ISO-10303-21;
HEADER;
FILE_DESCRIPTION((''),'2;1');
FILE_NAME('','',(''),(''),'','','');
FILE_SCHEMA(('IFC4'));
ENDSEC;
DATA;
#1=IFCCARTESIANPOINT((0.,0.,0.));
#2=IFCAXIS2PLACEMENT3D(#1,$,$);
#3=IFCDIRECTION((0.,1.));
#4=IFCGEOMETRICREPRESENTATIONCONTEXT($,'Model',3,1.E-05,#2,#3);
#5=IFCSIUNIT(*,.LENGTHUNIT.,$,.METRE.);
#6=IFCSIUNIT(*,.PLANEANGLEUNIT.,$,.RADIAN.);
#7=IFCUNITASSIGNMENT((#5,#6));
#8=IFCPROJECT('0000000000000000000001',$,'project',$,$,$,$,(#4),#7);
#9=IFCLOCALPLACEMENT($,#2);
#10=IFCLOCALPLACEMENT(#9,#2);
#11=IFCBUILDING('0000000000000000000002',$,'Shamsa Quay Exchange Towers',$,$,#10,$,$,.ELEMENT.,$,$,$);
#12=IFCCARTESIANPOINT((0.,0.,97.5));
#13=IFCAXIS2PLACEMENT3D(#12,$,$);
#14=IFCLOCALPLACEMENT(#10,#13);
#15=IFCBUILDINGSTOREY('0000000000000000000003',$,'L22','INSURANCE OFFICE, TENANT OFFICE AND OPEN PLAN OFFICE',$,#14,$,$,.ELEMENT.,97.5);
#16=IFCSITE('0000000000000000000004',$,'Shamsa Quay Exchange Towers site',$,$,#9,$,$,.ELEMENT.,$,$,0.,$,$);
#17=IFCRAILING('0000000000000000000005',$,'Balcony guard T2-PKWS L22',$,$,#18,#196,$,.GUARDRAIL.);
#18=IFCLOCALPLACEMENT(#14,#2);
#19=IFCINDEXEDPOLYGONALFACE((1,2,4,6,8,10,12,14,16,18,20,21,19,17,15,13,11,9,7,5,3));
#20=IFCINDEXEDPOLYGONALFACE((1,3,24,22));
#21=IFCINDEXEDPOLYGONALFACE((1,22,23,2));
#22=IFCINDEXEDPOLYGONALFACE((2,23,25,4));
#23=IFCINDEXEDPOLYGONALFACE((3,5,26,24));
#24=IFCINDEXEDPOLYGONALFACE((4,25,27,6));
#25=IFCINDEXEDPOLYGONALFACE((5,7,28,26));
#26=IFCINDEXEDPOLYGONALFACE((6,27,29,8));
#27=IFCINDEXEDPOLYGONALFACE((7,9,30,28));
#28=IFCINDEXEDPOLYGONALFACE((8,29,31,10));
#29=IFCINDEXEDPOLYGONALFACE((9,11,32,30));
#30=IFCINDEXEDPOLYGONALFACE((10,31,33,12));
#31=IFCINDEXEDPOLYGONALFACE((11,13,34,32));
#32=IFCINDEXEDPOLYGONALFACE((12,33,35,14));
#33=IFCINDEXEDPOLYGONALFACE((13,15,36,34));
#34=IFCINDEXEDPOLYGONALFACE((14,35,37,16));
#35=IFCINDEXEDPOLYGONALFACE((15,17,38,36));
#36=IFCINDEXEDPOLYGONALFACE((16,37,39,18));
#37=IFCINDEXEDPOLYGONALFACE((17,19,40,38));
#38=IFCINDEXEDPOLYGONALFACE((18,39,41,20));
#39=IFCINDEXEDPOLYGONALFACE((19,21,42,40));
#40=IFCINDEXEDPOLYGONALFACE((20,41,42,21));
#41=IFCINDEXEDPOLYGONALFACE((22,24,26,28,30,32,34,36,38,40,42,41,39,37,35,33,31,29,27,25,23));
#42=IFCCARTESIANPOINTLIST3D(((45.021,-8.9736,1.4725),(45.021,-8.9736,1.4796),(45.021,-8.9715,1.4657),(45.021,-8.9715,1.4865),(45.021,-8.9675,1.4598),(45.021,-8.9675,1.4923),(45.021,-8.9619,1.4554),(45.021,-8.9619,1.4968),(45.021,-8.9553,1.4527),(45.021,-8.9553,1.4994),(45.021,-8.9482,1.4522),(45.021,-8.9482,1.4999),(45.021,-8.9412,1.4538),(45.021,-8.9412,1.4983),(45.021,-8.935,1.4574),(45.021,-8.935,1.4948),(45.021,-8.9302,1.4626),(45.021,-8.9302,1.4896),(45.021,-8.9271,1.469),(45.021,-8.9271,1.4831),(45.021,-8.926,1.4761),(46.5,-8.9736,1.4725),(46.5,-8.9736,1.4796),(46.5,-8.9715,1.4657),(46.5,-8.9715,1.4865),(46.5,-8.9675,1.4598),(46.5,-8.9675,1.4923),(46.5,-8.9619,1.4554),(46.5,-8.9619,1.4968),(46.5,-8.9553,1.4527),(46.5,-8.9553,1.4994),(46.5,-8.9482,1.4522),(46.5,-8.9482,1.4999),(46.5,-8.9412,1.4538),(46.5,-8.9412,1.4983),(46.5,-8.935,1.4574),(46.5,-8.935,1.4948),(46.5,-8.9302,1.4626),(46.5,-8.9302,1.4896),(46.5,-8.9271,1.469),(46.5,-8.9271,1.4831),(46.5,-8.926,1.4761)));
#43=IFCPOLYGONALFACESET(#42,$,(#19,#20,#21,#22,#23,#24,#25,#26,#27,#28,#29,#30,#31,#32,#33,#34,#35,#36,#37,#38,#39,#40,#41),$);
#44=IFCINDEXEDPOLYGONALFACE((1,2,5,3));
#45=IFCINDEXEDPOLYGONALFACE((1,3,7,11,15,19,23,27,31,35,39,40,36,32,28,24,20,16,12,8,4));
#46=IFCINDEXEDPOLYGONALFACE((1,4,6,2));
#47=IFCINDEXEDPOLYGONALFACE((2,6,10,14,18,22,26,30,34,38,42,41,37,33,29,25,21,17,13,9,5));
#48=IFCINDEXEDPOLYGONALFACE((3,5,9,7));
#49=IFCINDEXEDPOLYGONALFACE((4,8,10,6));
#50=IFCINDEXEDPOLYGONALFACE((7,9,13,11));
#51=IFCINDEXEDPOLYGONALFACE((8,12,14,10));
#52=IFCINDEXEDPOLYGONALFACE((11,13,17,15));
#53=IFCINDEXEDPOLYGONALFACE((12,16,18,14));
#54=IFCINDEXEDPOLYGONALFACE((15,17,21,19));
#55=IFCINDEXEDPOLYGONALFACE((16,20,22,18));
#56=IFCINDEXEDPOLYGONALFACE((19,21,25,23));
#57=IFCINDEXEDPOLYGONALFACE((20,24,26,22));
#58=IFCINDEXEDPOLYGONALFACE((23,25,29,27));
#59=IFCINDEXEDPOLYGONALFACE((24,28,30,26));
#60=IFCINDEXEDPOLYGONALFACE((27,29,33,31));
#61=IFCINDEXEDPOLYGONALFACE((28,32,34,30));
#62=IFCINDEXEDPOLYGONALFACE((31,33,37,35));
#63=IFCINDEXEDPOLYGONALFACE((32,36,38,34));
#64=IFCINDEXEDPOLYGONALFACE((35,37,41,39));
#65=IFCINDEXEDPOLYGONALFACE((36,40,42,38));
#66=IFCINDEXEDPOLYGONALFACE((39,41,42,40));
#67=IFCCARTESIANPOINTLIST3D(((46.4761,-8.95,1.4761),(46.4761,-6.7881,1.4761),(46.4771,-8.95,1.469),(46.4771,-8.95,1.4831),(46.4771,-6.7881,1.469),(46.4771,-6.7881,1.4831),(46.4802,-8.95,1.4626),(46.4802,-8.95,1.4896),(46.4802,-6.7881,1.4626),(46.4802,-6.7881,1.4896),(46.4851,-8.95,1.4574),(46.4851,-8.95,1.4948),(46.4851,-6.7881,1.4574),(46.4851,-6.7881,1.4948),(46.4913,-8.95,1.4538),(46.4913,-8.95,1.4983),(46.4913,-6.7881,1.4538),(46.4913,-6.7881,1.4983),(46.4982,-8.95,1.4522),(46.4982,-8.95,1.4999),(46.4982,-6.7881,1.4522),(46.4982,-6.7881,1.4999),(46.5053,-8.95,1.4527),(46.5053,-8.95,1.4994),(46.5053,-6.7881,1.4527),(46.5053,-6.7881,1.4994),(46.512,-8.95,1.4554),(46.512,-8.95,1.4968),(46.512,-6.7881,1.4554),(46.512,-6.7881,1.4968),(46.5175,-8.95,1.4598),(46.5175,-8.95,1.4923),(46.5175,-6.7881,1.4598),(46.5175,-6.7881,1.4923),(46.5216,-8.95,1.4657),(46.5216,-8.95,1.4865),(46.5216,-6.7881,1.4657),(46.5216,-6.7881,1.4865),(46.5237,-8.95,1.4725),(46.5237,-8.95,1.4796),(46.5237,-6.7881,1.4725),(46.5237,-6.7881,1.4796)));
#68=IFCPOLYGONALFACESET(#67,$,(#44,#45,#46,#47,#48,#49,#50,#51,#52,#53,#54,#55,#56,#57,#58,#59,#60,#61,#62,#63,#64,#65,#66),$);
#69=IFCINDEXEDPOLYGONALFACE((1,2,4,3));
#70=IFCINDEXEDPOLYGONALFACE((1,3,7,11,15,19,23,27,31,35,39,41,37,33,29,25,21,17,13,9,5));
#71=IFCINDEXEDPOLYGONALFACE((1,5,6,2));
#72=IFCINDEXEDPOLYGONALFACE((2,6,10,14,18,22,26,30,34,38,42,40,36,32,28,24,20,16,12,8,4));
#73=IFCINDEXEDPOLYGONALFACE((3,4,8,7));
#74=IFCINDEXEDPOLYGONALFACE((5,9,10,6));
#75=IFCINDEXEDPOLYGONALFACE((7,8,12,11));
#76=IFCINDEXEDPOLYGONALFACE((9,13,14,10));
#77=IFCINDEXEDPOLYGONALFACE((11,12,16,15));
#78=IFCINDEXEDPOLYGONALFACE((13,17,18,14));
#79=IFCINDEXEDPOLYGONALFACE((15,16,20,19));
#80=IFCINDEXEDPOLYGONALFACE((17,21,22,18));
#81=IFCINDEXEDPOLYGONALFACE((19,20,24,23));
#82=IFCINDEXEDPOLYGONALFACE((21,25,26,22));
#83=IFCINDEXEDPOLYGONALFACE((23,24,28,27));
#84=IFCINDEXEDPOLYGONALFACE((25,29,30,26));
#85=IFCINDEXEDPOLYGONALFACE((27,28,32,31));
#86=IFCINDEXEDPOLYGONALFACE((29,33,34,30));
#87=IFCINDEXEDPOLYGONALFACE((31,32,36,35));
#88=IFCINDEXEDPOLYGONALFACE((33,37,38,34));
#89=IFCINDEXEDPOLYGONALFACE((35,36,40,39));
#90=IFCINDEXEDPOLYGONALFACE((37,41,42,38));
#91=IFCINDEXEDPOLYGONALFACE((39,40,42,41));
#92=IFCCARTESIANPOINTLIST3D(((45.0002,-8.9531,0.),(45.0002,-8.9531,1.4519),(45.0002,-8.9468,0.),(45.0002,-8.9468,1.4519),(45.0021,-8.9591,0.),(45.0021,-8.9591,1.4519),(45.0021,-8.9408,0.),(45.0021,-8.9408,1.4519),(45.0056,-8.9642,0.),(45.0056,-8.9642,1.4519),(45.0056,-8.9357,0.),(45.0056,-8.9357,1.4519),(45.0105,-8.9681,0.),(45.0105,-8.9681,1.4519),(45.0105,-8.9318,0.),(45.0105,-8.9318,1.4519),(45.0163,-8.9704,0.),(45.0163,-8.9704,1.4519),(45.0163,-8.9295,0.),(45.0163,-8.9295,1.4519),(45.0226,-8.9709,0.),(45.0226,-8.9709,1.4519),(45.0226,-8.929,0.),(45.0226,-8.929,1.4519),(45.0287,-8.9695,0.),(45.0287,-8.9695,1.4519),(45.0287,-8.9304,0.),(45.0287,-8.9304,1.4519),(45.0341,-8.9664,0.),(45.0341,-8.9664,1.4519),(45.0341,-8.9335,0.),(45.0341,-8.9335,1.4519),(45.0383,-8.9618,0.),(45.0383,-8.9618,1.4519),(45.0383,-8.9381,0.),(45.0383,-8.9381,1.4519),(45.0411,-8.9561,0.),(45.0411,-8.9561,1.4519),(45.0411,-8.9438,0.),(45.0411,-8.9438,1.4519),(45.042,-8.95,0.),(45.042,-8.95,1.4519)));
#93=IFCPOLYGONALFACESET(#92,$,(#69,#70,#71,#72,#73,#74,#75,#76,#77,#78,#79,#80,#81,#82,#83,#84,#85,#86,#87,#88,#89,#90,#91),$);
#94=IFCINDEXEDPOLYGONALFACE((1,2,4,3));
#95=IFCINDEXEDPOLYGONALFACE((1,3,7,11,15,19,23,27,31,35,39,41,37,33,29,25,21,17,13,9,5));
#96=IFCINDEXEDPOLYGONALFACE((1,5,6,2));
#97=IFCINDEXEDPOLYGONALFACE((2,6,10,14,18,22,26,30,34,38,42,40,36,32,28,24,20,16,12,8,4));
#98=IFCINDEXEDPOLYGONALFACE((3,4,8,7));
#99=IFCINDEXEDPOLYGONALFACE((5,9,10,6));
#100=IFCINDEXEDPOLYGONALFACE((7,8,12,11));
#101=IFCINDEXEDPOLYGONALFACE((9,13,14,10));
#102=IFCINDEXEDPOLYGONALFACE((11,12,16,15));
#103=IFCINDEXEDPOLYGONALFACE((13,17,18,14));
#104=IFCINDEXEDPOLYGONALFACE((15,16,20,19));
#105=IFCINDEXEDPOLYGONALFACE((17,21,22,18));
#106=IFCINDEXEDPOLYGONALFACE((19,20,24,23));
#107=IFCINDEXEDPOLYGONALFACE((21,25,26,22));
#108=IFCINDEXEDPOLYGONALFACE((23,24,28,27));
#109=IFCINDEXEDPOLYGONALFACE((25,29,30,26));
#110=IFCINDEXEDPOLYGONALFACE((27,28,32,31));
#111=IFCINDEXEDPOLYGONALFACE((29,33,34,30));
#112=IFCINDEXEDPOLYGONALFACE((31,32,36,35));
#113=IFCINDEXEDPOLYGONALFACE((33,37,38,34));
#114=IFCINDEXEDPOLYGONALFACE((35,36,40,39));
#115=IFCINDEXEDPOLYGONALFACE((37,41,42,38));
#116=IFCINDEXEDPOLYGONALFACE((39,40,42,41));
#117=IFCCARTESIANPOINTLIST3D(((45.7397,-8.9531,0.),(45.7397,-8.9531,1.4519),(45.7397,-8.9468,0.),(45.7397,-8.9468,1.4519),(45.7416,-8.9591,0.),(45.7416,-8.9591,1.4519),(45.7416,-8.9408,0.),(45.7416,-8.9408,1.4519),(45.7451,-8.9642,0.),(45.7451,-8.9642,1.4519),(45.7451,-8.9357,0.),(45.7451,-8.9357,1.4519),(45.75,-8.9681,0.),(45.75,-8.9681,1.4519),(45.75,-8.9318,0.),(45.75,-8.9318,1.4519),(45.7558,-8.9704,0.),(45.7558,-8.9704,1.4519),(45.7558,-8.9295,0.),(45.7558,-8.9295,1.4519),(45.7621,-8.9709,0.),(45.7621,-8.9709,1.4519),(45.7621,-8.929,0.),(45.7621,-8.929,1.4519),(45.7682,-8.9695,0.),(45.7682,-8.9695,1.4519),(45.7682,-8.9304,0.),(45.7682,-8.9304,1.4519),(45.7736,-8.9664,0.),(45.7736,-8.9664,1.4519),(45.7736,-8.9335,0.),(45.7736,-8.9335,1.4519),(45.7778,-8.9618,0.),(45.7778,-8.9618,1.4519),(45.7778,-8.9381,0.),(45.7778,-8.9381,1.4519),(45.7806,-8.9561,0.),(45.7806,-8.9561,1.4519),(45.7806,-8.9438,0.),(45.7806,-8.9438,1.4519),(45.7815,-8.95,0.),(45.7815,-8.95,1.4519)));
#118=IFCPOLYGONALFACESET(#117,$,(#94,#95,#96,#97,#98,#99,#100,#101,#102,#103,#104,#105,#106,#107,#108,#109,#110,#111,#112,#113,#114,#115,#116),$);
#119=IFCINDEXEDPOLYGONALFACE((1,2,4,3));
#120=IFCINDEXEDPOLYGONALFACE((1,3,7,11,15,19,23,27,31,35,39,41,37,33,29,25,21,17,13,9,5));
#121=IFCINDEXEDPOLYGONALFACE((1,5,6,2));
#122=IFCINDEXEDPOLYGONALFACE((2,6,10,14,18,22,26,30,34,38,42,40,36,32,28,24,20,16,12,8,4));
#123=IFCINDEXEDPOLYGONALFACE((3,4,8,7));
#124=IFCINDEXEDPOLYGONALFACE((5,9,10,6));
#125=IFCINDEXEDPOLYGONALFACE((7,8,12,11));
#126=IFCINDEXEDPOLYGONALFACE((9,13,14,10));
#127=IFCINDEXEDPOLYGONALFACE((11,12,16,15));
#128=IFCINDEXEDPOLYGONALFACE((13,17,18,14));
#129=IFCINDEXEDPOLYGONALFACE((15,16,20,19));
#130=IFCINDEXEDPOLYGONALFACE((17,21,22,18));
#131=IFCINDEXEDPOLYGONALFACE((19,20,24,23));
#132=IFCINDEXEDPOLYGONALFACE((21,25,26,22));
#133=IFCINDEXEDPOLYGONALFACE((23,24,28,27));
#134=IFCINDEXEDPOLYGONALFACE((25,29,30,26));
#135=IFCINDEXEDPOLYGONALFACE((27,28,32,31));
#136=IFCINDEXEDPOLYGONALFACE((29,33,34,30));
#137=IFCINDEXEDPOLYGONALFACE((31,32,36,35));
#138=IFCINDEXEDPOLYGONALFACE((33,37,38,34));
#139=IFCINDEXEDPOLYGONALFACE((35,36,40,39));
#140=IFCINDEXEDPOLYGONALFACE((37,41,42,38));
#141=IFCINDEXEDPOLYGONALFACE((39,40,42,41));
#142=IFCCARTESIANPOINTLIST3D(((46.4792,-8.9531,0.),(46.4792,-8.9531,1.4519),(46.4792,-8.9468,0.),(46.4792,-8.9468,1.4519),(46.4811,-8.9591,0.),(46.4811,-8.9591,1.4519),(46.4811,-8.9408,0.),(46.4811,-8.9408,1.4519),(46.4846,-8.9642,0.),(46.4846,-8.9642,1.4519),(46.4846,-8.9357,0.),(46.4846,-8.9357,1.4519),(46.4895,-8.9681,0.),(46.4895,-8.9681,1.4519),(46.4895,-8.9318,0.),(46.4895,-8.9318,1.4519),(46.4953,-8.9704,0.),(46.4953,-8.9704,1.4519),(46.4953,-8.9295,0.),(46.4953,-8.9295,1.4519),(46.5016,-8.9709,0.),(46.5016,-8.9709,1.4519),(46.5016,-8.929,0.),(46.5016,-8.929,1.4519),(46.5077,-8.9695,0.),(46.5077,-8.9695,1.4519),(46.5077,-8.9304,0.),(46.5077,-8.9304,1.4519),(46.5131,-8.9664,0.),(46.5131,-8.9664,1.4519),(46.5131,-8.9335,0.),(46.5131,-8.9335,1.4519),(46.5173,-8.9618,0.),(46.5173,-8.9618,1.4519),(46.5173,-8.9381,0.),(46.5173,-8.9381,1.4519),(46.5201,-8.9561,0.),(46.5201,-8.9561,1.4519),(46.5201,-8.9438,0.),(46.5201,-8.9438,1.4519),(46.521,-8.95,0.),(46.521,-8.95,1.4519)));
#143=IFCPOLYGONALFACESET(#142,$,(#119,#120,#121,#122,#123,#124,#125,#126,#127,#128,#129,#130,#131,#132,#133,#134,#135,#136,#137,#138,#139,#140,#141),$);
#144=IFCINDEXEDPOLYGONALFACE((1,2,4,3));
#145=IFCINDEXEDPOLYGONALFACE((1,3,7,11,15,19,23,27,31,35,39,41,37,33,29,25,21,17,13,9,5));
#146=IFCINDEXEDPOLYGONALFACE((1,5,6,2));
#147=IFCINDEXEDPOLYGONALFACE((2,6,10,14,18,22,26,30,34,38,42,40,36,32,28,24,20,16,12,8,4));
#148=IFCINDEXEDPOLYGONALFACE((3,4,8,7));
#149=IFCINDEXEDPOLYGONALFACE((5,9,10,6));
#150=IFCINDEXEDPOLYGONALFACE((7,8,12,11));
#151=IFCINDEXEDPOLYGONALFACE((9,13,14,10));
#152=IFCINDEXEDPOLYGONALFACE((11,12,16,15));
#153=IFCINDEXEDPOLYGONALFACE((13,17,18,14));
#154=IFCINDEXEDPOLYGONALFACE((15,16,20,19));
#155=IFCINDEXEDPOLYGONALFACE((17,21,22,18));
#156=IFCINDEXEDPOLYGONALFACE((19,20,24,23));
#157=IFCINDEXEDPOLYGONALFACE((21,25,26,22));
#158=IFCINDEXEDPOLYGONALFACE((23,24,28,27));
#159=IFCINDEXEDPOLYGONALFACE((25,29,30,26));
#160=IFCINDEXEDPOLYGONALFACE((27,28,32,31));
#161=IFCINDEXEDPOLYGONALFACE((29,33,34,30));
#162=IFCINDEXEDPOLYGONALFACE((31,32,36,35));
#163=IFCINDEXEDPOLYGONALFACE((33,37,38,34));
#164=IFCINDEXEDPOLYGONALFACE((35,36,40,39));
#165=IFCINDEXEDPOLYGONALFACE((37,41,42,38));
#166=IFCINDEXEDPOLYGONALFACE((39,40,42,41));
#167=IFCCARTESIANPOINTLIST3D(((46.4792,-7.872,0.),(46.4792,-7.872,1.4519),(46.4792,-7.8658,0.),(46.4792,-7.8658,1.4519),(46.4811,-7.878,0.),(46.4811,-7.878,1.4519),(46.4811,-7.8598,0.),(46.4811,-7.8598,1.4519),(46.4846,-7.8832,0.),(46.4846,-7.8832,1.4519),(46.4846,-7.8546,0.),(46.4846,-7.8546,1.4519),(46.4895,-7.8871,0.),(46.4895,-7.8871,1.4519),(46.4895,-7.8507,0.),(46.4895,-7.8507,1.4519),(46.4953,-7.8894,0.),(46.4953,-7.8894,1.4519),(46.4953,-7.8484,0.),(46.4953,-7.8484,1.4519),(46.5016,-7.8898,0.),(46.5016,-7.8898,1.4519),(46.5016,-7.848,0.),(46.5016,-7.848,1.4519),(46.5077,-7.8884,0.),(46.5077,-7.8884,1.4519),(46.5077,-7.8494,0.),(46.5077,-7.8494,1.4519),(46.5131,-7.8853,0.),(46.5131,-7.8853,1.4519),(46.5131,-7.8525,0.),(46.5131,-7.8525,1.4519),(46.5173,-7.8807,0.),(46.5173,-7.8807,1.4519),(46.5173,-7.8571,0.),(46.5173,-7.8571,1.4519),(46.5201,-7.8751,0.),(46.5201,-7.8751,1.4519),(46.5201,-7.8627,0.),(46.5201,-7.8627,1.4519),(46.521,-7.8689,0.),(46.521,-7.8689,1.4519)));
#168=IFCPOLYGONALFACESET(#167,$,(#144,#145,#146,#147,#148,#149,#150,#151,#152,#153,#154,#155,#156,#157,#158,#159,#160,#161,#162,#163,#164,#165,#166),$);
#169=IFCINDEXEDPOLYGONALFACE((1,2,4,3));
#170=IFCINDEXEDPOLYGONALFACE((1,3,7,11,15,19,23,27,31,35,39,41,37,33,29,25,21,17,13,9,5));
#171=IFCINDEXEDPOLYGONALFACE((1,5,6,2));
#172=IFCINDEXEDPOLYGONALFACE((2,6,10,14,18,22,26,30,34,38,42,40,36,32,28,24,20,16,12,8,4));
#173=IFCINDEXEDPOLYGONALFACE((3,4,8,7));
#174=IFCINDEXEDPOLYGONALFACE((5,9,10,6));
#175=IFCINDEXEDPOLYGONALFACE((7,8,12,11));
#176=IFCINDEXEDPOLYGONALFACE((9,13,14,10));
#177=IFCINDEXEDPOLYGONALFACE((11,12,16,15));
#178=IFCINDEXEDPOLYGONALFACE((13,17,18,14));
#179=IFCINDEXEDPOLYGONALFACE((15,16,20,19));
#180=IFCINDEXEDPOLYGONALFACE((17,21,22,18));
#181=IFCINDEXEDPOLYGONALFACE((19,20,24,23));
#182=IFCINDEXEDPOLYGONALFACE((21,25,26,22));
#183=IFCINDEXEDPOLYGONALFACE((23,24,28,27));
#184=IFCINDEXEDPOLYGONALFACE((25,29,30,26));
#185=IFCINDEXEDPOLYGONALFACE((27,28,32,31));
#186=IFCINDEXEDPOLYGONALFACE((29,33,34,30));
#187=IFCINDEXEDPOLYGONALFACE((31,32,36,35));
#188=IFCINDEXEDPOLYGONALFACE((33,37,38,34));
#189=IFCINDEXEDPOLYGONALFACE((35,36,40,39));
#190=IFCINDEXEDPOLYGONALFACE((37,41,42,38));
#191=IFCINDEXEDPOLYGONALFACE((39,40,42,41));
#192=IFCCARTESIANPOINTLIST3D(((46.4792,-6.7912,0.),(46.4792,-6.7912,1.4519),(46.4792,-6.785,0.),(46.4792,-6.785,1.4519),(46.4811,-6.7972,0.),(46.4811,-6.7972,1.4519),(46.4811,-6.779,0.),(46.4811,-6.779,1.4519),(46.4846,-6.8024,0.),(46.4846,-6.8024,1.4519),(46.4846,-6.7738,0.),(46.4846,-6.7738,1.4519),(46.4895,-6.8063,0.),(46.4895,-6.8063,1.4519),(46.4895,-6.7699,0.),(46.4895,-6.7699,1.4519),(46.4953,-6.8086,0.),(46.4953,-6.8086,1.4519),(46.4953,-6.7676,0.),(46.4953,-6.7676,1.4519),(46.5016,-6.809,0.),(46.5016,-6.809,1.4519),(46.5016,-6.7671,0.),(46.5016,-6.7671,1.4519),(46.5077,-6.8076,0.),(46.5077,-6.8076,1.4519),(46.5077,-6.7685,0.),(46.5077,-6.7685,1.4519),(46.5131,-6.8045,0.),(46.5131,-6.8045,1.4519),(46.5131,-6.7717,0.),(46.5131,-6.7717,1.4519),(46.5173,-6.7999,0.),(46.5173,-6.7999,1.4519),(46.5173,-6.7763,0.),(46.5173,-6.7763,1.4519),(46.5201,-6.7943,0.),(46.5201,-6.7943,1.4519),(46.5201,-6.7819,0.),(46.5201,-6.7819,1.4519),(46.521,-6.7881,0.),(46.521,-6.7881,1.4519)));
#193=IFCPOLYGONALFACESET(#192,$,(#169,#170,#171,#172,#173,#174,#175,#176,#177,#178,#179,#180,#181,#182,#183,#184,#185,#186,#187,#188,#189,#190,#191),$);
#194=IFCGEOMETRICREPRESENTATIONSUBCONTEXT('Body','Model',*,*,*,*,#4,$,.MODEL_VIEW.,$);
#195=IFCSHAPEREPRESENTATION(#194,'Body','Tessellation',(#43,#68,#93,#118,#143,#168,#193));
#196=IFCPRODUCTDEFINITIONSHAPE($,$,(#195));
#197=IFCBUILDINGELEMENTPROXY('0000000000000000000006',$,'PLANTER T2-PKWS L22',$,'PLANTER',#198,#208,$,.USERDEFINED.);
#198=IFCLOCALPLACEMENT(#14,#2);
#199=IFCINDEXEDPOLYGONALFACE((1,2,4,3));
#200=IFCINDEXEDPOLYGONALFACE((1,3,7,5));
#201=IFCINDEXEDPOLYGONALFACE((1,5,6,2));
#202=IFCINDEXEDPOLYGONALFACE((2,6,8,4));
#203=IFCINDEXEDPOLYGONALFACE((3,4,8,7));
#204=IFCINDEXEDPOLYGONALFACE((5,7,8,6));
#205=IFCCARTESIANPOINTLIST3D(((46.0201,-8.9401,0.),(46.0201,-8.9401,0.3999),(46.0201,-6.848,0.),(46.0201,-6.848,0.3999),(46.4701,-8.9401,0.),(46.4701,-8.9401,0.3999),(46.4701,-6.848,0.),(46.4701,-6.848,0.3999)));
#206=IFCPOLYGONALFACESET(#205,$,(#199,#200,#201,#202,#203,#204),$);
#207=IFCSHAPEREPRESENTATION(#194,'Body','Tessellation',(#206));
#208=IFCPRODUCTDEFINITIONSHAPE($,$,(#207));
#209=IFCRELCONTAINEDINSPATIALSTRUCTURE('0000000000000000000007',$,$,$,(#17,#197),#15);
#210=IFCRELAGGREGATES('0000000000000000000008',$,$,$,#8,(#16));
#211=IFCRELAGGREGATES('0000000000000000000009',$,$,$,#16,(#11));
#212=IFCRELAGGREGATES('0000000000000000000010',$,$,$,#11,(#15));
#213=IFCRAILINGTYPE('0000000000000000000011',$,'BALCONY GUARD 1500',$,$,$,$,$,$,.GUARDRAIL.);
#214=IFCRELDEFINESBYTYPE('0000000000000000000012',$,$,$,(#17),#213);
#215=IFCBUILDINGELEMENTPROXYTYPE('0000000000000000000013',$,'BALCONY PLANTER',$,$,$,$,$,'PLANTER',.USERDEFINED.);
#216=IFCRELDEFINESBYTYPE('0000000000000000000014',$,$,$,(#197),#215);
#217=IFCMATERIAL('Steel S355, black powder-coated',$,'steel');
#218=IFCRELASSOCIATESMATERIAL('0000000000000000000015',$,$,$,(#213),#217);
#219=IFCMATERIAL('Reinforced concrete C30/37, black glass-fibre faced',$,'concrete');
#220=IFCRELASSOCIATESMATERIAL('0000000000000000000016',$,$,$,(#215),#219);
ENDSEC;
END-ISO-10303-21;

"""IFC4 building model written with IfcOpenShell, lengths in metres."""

from ifc_helpers import new_model, si_unit, direction, frame, origin, origin_2d, place, context, subcontext, project, spatial, rectangle, circle, extrude, material, type_object, element, save


model = new_model("IFC4")

# Units and contexts
model_context = context("Model", 3, precision=1e-05, world=origin(), true_north=direction((0.0, 1.0)))
body_context = subcontext(model_context, "Body", "Model", "MODEL_VIEW")
ifc_project = project(units=[si_unit("LENGTHUNIT", "METRE"), si_unit("PLANEANGLEUNIT", "RADIAN")], contexts=[model_context])

# Site, building, storey
site_placement = place(None, origin())
site = spatial("IfcSite", under=ifc_project, at=site_placement, Name="Shamsa Quay Exchange Towers site", CompositionType="ELEMENT", RefElevation=0.0)
building_placement = place(site_placement, origin())
building = spatial("IfcBuilding", under=site, at=building_placement, Name="Shamsa Quay Exchange Towers", CompositionType="ELEMENT")
storey_placement = place(building_placement, frame((0.0, 0.0, 97.5)))
storey = spatial("IfcBuildingStorey", under=building, at=storey_placement, Name="L22", Description="INSURANCE OFFICE, TENANT OFFICE AND OPEN PLAN OFFICE", CompositionType="ELEMENT", Elevation=97.5)

# Railing
ifc_material_1 = material(Name="Steel S355, black powder-coated", Category="steel")
railing_type_1 = type_object("IfcRailingType", Name="BALCONY GUARD 1500", PredefinedType="GUARDRAIL", material=ifc_material_1)
railing_1_placement = place(storey_placement, frame((45.021, -8.95, 0.0)))
element("IfcRailing", 1, at=railing_1_placement, inside=storey, type_object=railing_type_1, Name="Balcony guard T2-PKWS L22", PredefinedType="GUARDRAIL", context=body_context, shape_type="SweptSolid", body=[
    extrude(circle(Radius=0.0239, at=origin_2d()), frame((0.0, 0.0, 1.4761), z_axis=(1.0, 0.0, 0.0), x_axis=(0.0, 1.0, 0.0)), (0.0, 0.0, 1.0), 1.479),
    extrude(circle(Radius=0.0239, at=origin_2d()), frame((1.479, 0.0, 1.4761), z_axis=(0.0, 1.0, 0.0), x_axis=(-1.0, 0.0, 0.0)), (0.0, 0.0, 1.0), 2.1619),
    extrude(circle(Radius=0.021, at=origin_2d()), origin(), (0.0, 0.0, 1.0), 1.4519),
    extrude(circle(Radius=0.021, at=origin_2d()), frame((0.7395, 0.0, 0.0)), (0.0, 0.0, 1.0), 1.4519),
    extrude(circle(Radius=0.021, at=origin_2d()), frame((1.479, 0.0, 0.0)), (0.0, 0.0, 1.0), 1.4519),
    extrude(circle(Radius=0.021, at=origin_2d()), frame((1.479, 1.0811, 0.0)), (0.0, 0.0, 1.0), 1.4519),
    extrude(circle(Radius=0.021, at=origin_2d()), frame((1.479, 2.1619, 0.0)), (0.0, 0.0, 1.0), 1.4519),
])

# Building element proxy
ifc_material_2 = material(Name="Reinforced concrete C30/37, black glass-fibre faced", Category="concrete")
building_element_proxy_type = type_object("IfcBuildingElementProxyType", Name="BALCONY PLANTER", ElementType="PLANTER", PredefinedType="USERDEFINED", material=ifc_material_2)
proxy_placement = place(storey_placement, frame((46.2451, -7.894, 0.0), z_axis=(0.0, 0.0, 1.0), x_axis=(0.0, 1.0, 0.0)))
element("IfcBuildingElementProxy", 2, at=proxy_placement, inside=storey, type_object=building_element_proxy_type, Name="PLANTER T2-PKWS L22", ObjectType="PLANTER", PredefinedType="USERDEFINED", context=body_context, shape_type="SweptSolid", body=[
    extrude(rectangle(XDim=2.092, YDim=0.45, at=origin_2d()), origin(), (0.0, 0.0, 1.0), 0.3999),
])

save(model, "model.ifc")
